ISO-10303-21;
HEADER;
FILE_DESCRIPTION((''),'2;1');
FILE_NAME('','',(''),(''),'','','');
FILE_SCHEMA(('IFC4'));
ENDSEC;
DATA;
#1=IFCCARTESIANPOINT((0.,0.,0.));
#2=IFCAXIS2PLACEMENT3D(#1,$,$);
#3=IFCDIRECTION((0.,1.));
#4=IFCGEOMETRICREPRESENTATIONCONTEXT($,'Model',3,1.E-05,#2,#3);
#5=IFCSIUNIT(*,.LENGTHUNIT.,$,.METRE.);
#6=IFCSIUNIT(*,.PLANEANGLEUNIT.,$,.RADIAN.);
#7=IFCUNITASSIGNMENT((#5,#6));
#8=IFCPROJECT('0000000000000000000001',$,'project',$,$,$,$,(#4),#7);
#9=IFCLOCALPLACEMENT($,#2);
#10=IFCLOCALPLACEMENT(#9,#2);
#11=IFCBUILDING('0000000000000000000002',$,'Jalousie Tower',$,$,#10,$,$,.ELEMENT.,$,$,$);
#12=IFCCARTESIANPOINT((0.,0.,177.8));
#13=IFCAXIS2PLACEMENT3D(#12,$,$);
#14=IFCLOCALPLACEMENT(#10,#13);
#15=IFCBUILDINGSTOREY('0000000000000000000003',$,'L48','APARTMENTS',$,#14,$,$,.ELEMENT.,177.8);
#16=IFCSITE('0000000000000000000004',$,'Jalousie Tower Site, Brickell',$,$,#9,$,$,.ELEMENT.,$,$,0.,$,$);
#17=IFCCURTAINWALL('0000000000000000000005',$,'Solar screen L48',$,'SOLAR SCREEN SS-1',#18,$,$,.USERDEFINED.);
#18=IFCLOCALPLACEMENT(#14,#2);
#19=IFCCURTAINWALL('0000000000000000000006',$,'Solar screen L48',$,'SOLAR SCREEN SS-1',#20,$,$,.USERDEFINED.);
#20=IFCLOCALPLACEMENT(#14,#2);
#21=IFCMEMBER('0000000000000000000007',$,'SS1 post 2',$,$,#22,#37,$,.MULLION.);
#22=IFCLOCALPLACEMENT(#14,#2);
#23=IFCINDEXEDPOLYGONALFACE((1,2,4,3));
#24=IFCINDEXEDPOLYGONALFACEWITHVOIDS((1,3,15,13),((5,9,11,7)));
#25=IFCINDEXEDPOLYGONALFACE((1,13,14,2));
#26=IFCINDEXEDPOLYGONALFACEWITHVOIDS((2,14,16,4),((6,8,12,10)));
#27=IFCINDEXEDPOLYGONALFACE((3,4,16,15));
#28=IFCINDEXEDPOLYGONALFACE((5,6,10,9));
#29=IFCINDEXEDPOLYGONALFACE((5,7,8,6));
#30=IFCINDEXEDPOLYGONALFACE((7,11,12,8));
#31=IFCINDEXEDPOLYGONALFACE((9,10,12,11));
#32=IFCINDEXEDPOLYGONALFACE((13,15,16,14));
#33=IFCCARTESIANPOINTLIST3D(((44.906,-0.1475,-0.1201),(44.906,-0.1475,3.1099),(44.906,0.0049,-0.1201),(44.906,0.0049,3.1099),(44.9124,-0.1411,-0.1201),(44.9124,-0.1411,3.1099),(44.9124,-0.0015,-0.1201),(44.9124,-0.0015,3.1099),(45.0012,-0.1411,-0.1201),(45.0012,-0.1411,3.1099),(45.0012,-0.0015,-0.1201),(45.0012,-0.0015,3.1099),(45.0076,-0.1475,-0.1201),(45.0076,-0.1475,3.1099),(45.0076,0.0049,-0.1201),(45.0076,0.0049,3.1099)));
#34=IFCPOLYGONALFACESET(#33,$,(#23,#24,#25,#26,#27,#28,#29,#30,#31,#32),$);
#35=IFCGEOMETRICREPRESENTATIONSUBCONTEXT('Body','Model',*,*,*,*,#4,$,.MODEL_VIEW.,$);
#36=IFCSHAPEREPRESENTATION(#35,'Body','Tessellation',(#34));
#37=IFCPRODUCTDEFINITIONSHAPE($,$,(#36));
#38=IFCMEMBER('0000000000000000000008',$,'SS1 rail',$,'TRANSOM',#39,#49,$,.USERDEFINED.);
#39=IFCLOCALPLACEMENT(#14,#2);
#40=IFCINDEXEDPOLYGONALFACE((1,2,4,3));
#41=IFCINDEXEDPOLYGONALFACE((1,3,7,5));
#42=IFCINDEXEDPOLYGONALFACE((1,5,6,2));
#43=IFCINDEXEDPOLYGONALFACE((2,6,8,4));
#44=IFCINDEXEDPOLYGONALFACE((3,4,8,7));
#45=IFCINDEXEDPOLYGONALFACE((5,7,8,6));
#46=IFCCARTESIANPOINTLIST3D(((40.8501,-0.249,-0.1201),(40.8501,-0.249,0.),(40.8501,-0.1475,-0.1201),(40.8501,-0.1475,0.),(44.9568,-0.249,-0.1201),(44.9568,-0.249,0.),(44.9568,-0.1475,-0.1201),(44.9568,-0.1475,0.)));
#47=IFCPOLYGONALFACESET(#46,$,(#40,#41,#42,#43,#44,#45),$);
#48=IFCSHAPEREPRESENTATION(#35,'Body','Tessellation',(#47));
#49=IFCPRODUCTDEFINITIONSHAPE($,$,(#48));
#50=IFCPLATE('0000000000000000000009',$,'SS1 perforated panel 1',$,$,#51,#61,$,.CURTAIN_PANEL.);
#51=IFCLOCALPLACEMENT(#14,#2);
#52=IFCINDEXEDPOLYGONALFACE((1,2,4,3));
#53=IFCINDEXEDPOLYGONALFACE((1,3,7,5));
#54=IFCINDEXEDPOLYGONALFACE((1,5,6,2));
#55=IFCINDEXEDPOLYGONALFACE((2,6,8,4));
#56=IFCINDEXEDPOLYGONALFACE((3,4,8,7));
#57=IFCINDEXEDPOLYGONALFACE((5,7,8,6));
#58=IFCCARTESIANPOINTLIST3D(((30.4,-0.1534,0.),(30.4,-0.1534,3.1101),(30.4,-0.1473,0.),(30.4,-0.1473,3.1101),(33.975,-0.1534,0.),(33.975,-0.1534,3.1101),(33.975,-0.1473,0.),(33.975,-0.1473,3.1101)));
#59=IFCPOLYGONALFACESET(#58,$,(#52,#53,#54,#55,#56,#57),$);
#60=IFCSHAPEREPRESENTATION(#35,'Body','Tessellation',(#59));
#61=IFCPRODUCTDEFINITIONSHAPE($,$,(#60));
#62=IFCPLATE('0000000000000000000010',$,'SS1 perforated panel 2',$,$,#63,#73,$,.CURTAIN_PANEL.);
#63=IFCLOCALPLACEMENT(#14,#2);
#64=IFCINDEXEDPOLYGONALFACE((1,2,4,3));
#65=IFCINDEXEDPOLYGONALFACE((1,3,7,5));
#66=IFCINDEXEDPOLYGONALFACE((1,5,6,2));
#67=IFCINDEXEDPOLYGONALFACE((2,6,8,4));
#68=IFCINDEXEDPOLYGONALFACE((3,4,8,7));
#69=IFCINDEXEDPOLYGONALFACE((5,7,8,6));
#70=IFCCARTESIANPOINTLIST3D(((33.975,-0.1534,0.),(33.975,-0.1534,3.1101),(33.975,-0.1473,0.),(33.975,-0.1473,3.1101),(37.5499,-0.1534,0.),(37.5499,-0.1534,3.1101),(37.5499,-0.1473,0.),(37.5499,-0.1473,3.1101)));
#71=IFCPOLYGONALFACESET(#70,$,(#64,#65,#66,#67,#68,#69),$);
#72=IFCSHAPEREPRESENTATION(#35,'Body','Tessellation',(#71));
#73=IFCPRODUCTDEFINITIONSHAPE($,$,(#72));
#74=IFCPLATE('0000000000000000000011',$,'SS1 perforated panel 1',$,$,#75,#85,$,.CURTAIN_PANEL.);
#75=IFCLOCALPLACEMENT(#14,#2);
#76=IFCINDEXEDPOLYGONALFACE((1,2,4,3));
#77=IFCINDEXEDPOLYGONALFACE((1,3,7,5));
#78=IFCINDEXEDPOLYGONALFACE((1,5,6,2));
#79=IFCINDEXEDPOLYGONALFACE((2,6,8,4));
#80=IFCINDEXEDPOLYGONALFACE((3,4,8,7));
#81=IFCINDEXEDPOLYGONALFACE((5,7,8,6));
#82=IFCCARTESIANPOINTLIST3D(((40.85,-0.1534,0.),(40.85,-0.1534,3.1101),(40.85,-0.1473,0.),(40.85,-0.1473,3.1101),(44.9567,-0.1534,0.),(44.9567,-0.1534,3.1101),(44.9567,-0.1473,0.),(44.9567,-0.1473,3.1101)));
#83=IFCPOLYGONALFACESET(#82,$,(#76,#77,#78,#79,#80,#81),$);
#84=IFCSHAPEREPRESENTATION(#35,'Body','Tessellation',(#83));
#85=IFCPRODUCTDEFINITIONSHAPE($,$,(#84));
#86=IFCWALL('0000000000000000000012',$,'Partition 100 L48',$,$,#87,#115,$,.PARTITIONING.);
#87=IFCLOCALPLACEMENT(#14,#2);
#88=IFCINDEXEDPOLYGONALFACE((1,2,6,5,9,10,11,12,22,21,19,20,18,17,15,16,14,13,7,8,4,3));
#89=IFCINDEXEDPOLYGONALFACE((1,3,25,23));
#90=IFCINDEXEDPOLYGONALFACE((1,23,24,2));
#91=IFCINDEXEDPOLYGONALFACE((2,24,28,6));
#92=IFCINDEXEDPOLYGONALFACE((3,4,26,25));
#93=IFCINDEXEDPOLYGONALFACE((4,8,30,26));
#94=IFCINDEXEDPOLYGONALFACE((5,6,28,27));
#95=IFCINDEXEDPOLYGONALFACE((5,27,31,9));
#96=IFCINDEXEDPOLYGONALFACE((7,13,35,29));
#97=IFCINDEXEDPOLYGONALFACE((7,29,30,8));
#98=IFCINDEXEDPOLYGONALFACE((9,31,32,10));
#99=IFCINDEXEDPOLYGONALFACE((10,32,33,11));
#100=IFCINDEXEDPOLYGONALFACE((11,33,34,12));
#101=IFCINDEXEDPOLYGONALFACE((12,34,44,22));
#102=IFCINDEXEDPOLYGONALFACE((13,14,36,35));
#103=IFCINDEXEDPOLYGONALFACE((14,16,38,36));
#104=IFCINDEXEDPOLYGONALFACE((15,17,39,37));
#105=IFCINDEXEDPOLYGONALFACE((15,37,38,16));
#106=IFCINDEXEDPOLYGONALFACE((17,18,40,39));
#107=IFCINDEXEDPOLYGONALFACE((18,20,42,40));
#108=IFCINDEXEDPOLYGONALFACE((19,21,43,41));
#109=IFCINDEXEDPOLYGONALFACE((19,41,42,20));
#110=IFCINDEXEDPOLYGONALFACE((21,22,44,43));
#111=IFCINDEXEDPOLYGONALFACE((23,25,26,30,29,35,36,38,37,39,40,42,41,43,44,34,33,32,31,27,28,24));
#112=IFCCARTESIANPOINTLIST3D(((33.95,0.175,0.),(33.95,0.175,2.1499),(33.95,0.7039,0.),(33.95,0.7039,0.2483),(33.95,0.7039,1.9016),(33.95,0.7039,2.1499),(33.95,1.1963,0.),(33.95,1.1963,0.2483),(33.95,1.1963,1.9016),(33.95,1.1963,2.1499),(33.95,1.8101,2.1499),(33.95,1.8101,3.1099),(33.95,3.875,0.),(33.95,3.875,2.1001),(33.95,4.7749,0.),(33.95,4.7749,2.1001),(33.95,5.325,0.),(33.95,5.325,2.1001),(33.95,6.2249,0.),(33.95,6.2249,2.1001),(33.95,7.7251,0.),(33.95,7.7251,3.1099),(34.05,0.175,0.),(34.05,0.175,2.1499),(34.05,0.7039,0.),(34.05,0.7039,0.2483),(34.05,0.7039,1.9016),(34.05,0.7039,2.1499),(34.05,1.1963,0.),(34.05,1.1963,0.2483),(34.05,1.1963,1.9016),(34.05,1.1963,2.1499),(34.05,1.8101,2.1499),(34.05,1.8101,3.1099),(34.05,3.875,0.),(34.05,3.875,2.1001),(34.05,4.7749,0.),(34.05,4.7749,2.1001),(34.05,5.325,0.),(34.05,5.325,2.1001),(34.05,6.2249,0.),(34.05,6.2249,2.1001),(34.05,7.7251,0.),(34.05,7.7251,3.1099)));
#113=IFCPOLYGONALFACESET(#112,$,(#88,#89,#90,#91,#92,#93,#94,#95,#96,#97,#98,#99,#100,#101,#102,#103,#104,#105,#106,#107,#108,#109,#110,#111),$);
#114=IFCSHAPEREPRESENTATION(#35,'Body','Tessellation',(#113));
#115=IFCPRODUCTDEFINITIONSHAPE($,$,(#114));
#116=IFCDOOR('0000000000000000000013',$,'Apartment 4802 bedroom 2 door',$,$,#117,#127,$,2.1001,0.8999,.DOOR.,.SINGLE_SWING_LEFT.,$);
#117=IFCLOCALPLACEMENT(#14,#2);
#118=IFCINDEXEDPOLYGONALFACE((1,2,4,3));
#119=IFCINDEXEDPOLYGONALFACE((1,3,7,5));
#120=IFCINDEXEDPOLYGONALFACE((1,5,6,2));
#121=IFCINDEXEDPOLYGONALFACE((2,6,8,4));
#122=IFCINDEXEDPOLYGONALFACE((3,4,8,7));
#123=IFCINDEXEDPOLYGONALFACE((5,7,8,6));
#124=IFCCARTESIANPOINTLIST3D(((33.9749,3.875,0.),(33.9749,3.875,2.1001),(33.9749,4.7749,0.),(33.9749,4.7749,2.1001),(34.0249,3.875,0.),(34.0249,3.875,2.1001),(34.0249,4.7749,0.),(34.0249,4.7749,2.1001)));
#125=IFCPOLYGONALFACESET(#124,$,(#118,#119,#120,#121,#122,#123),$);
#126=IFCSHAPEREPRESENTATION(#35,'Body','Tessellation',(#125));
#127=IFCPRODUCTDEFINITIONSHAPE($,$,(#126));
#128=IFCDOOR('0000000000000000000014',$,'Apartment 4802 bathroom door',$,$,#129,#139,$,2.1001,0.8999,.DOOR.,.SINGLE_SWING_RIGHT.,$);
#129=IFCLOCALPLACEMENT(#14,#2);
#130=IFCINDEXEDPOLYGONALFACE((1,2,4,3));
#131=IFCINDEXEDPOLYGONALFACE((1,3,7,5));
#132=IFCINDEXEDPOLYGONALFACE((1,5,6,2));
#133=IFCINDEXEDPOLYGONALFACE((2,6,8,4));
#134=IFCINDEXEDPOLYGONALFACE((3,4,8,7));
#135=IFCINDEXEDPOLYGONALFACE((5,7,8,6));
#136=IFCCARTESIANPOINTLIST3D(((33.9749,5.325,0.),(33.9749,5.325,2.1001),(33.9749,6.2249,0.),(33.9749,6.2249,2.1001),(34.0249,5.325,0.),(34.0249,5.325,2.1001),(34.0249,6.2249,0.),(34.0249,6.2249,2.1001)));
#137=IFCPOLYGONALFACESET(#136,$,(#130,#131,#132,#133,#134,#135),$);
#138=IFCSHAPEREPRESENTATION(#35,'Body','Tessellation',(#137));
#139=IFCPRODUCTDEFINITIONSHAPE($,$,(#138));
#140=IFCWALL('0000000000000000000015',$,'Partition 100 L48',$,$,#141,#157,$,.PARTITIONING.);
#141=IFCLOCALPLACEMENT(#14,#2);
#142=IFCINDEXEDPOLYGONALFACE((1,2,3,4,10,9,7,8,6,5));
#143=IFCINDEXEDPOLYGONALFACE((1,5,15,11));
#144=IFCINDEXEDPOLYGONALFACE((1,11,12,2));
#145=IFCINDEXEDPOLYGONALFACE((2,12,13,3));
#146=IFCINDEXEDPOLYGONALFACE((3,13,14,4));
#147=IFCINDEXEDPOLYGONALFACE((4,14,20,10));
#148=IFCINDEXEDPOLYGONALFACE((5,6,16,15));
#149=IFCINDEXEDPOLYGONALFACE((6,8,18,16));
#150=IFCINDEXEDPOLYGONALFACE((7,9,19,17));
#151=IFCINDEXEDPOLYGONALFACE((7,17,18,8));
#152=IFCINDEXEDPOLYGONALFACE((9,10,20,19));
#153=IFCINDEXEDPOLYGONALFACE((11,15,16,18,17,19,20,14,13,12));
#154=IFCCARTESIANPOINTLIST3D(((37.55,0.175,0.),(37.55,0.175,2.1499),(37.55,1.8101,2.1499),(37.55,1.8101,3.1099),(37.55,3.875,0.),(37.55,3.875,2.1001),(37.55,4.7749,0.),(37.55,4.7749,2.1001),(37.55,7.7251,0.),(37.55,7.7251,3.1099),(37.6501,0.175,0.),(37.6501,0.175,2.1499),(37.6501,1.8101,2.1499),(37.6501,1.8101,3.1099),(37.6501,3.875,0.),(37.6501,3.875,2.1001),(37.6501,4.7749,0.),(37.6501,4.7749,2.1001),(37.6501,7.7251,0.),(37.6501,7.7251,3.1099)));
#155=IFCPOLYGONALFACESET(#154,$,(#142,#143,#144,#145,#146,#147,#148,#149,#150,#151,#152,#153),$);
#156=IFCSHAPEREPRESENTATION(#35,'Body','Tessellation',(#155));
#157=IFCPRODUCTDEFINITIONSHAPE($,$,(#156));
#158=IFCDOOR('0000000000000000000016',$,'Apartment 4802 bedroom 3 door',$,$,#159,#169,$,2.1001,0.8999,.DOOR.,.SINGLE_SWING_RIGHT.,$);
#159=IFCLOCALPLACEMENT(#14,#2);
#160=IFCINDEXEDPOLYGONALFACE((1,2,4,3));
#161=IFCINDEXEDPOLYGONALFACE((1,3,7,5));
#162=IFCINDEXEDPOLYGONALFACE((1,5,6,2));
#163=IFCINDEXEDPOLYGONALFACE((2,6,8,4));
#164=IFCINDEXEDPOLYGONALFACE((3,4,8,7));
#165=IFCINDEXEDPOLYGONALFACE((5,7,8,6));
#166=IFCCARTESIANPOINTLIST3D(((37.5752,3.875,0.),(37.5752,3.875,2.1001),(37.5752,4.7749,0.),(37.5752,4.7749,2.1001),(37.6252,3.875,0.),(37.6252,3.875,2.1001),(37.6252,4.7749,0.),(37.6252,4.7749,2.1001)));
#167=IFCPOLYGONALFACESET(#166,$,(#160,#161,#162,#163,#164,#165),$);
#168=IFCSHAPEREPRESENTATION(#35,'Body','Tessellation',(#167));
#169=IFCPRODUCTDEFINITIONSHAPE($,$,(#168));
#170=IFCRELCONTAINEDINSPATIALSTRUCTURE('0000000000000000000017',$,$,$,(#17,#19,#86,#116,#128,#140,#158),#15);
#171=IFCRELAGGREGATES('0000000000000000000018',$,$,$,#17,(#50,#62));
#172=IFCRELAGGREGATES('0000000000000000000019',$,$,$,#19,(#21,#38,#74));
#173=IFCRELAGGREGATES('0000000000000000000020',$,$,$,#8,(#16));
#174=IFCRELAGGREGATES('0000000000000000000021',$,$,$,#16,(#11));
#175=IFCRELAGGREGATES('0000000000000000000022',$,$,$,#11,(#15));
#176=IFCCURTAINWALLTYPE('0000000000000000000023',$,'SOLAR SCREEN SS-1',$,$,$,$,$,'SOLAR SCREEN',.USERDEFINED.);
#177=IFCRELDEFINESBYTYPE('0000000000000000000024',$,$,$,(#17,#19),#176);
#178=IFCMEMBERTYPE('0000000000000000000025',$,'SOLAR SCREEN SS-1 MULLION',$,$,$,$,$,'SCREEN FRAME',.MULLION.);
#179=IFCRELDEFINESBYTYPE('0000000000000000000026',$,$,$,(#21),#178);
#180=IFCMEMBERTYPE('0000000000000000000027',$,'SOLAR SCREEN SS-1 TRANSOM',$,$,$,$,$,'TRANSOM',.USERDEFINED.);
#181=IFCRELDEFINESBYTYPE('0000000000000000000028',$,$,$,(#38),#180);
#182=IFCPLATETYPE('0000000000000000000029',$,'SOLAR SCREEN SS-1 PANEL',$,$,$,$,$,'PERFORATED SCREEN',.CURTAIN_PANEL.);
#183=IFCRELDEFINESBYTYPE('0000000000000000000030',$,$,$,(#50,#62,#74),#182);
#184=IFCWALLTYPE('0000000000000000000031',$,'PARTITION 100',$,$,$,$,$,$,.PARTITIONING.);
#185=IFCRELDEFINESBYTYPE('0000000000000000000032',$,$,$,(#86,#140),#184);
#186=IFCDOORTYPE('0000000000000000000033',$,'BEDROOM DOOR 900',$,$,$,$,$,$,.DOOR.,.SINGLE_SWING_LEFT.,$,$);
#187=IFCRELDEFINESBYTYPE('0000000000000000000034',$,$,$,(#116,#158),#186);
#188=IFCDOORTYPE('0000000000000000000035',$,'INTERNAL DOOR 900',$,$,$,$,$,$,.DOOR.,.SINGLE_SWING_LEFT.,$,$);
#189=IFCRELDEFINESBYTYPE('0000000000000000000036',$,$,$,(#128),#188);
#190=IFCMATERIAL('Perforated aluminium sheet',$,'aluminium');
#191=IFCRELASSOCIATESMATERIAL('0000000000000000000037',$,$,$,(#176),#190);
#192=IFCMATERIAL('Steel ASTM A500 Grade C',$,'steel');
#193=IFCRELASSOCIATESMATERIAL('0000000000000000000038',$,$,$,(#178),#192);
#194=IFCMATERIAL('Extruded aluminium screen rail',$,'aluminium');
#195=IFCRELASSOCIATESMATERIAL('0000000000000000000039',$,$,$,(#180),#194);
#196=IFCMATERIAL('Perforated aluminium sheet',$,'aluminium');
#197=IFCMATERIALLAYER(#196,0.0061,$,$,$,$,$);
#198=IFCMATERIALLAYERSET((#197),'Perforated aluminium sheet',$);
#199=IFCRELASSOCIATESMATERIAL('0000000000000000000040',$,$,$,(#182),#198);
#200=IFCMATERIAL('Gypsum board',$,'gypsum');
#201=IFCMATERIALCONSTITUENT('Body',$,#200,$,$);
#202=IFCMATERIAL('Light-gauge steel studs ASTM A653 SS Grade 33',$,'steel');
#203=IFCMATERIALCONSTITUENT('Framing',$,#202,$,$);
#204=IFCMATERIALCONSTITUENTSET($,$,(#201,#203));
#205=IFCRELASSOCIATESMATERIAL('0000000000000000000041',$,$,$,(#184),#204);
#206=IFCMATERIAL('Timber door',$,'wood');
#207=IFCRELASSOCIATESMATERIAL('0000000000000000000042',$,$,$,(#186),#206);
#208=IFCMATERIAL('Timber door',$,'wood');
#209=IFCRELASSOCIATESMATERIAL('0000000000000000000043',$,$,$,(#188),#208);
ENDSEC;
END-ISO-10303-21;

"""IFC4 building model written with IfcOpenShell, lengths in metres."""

from ifc_helpers import new_model, si_unit, direction, frame, frame_2d, origin, origin_2d, place, context, subcontext, project, spatial, polyline, rectangle, hollow_rectangle, outline, extrude, material, layer, layer_set, constituent, constituent_set, material_profile, profile_set, type_object, element, fill, aggregate, save


model = new_model("IFC4")

# Units and contexts
model_context = context("Model", 3, precision=1e-05, world=origin(), true_north=direction((0.0, 1.0)))
body_context = subcontext(model_context, "Body", "Model", "MODEL_VIEW")
ifc_project = project(units=[si_unit("LENGTHUNIT", "METRE"), si_unit("PLANEANGLEUNIT", "RADIAN")], contexts=[model_context])

# Site, building, storey
site_placement = place(None, origin())
site = spatial("IfcSite", under=ifc_project, at=site_placement, Name="Jalousie Tower Site, Brickell", CompositionType="ELEMENT", RefElevation=0.0)
building_placement = place(site_placement, origin())
building = spatial("IfcBuilding", under=site, at=building_placement, Name="Jalousie Tower", CompositionType="ELEMENT")
storey_placement = place(building_placement, frame((0.0, 0.0, 177.8)))
storey = spatial("IfcBuildingStorey", under=building, at=storey_placement, Name="L48", Description="APARTMENTS", CompositionType="ELEMENT", Elevation=177.8)

# Curtain walls, members
ifc_material_1 = material(Name="Perforated aluminium sheet", Category="aluminium")
curtain_wall_type = type_object("IfcCurtainWallType", Name="SOLAR SCREEN SS-1", ElementType="SOLAR SCREEN", PredefinedType="USERDEFINED", material=ifc_material_1)
curtain_wall_1_placement = place(storey_placement, origin())
curtain_wall_1 = element("IfcCurtainWall", 1, at=curtain_wall_1_placement, inside=storey, type_object=curtain_wall_type, Name="Solar screen L48", ObjectType="SOLAR SCREEN SS-1", PredefinedType="USERDEFINED")
ifc_material_2 = material(Name="Steel ASTM A500 Grade C", Category="steel")
ifc_material_profile_1 = material_profile(ifc_material_2, hollow_rectangle(XDim=0.1016, YDim=0.1523, WallThickness=0.0063, at=origin_2d()), Name="HSS6X4X1/4")
ifc_profile_set_1 = profile_set([ifc_material_profile_1], Name="Steel ASTM A500 Grade C")
member_type_1 = type_object("IfcMemberType", Name="SOLAR SCREEN SS-1 MULLION", ElementType="SCREEN FRAME", PredefinedType="MULLION", material=ifc_profile_set_1)
curtain_wall_2_placement = place(storey_placement, origin())
curtain_wall_2 = element("IfcCurtainWall", 2, at=curtain_wall_2_placement, inside=storey, type_object=curtain_wall_type, Name="Solar screen L48", ObjectType="SOLAR SCREEN SS-1", PredefinedType="USERDEFINED")
member_1_placement = place(storey_placement, frame((44.9568, -0.0713, -0.1201), z_axis=(0.0, 0.0, 1.0), x_axis=(1.0, 0.0, 0.0)))
member_1 = element("IfcMember", 3, at=member_1_placement, type_object=member_type_1, Name="SS1 post 2", PredefinedType="MULLION", context=body_context, shape_type="SweptSolid", body=[
    extrude(hollow_rectangle(XDim=0.1016, YDim=0.1523, WallThickness=0.0063, at=origin_2d()), origin(), (0.0, 0.0, 1.0), 3.23),
])
ifc_material_3 = material(Name="Extruded aluminium screen rail", Category="aluminium")
ifc_material_profile_2 = material_profile(ifc_material_3, rectangle(XDim=0.1016, YDim=0.1201, at=origin_2d()), Name="RAIL 102x120")
ifc_profile_set_2 = profile_set([ifc_material_profile_2], Name="Extruded aluminium screen rail")
member_type_2 = type_object("IfcMemberType", Name="SOLAR SCREEN SS-1 TRANSOM", ElementType="TRANSOM", PredefinedType="USERDEFINED", material=ifc_profile_set_2)
member_2_placement = place(storey_placement, frame((40.8501, -0.1982, -0.0601), z_axis=(1.0, 0.0, 0.0), x_axis=(0.0, 1.0, 0.0)))
member_2 = element("IfcMember", 4, at=member_2_placement, type_object=member_type_2, Name="SS1 rail", ObjectType="TRANSOM", PredefinedType="USERDEFINED", context=body_context, shape_type="SweptSolid", body=[
    extrude(rectangle(XDim=0.1016, YDim=0.1201, at=origin_2d()), origin(), (0.0, 0.0, 1.0), 4.1067),
])

# Plates
ifc_material_4 = material(Name="Perforated aluminium sheet", Category="aluminium")
ifc_layer_1 = layer(ifc_material_4, 0.0061)
ifc_layer_set_1 = layer_set([ifc_layer_1], Name="Perforated aluminium sheet")
plate_type = type_object("IfcPlateType", Name="SOLAR SCREEN SS-1 PANEL", ElementType="PERFORATED SCREEN", PredefinedType="CURTAIN_PANEL", material=ifc_layer_set_1)
plate_1_placement = place(storey_placement, frame((32.1875, -0.1504, 0.0), z_axis=(0.0, 0.0, 1.0), x_axis=(1.0, 0.0, 0.0)))
plate_1 = element("IfcPlate", 5, at=plate_1_placement, type_object=plate_type, Name="SS1 perforated panel 1", PredefinedType="CURTAIN_PANEL", context=body_context, shape_type="SweptSolid", body=[
    extrude(rectangle(XDim=3.575, YDim=0.0061, at=origin_2d()), origin(), (0.0, 0.0, 1.0), 3.1101),
])
plate_2_placement = place(storey_placement, frame((35.7625, -0.1504, 0.0), z_axis=(0.0, 0.0, 1.0), x_axis=(1.0, 0.0, 0.0)))
plate_2 = element("IfcPlate", 6, at=plate_2_placement, type_object=plate_type, Name="SS1 perforated panel 2", PredefinedType="CURTAIN_PANEL", context=body_context, shape_type="SweptSolid", body=[
    extrude(rectangle(XDim=3.575, YDim=0.0061, at=origin_2d()), origin(), (0.0, 0.0, 1.0), 3.1101),
])
aggregate(curtain_wall_1, [plate_1, plate_2])
plate_3_placement = place(storey_placement, frame((42.9033, -0.1504, 0.0), z_axis=(0.0, 0.0, 1.0), x_axis=(1.0, 0.0, 0.0)))
plate_3 = element("IfcPlate", 7, at=plate_3_placement, type_object=plate_type, Name="SS1 perforated panel 1", PredefinedType="CURTAIN_PANEL", context=body_context, shape_type="SweptSolid", body=[
    extrude(rectangle(XDim=4.1067, YDim=0.0061, at=origin_2d()), origin(), (0.0, 0.0, 1.0), 3.1101),
])
aggregate(curtain_wall_2, [member_1, member_2, plate_3])

# Wall, openings, doors
ifc_material_5 = material(Name="Gypsum board", Category="gypsum")
ifc_constituent_1 = constituent(ifc_material_5, Name="Body")
ifc_material_6 = material(Name="Light-gauge steel studs ASTM A653 SS Grade 33", Category="steel")
ifc_constituent_2 = constituent(ifc_material_6, Name="Framing")
ifc_constituent_set_1 = constituent_set(constituents=[ifc_constituent_1, ifc_constituent_2])
wall_type_1 = type_object("IfcWallType", Name="PARTITION 100", PredefinedType="PARTITIONING", material=ifc_constituent_set_1)
wall_1_placement = place(storey_placement, frame((34.0, 0.175, 0.0), z_axis=(0.0, 0.0, 1.0), x_axis=(0.0, 1.0, 0.0)))
wall_1 = element("IfcWall", 8, at=wall_1_placement, inside=storey, type_object=wall_type_1, Name="Partition 100 L48", PredefinedType="PARTITIONING", context=body_context, shape_type="SweptSolid", body=[
    extrude(outline(polyline([(0.5288, 2.1499), (0.0, 2.1499), (0.0, 0.0), (0.5288, 0.0), (0.5288, 0.2483), (1.0212, 0.2483), (1.0212, 0.0), (7.55, 0.0), (7.55, 3.1099), (1.635, 3.1099), (1.635, 2.1499), (1.0212, 2.1499), (1.0212, 1.9016), (0.5288, 1.9016), (0.5288, 2.1499)])), frame((0.0, 0.05, 0.0), z_axis=(0.0, -1.0, 0.0), x_axis=(1.0, 0.0, 0.0)), (0.0, 0.0, 1.0), 0.1001),
])
opening_1_placement = place(wall_1_placement, frame((3.7, 0.0, 0.0)))
opening_1 = element("IfcOpeningElement", 9, at=opening_1_placement, cuts=wall_1, PredefinedType="OPENING", context=body_context, shape_type="SweptSolid", body=[
    extrude(rectangle(XDim=0.8999, YDim=2.1001, at=frame_2d((0.45, 1.05))), frame((0.0, 0.0601, 0.0), z_axis=(0.0, -1.0, 0.0), x_axis=(1.0, 0.0, 0.0)), (0.0, 0.0, 1.0), 0.1201),
])
opening_2_placement = place(wall_1_placement, frame((5.1499, 0.0, 0.0)))
opening_2 = element("IfcOpeningElement", 10, at=opening_2_placement, cuts=wall_1, PredefinedType="OPENING", context=body_context, shape_type="SweptSolid", body=[
    extrude(rectangle(XDim=0.8999, YDim=2.1001, at=frame_2d((0.45, 1.05))), frame((0.0, 0.0601, 0.0), z_axis=(0.0, -1.0, 0.0), x_axis=(1.0, 0.0, 0.0)), (0.0, 0.0, 1.0), 0.1201),
])
ifc_material_7 = material(Name="Timber door", Category="wood")
door_type_1 = type_object("IfcDoorType", Name="BEDROOM DOOR 900", OperationType="SINGLE_SWING_LEFT", PredefinedType="DOOR", material=ifc_material_7)
door_1_placement = place(opening_1_placement, frame((0.8999, 0.0, 0.0), z_axis=(0.0, 0.0, 1.0), x_axis=(-1.0, 0.0, 0.0)))
door_1 = element("IfcDoor", 11, at=door_1_placement, inside=storey, type_object=door_type_1, Name="Apartment 4802 bedroom 2 door", OperationType="SINGLE_SWING_LEFT", OverallHeight=2.1001, OverallWidth=0.8999, PredefinedType="DOOR", context=body_context, shape_type="SweptSolid", body=[
    extrude(rectangle(XDim=0.8999, YDim=2.1001, at=frame_2d((0.45, 1.05))), frame((0.0, 0.0249, 0.0), z_axis=(0.0, -1.0, 0.0), x_axis=(1.0, 0.0, 0.0)), (0.0, 0.0, 1.0), 0.05),
])
fill(opening_1, door_1)
ifc_material_8 = material(Name="Timber door", Category="wood")
door_type_2 = type_object("IfcDoorType", Name="INTERNAL DOOR 900", OperationType="SINGLE_SWING_LEFT", PredefinedType="DOOR", material=ifc_material_8)
door_2_placement = place(opening_2_placement, frame((0.8999, 0.0, 0.0), z_axis=(0.0, 0.0, 1.0), x_axis=(-1.0, 0.0, 0.0)))
door_2 = element("IfcDoor", 12, at=door_2_placement, inside=storey, type_object=door_type_2, Name="Apartment 4802 bathroom door", OperationType="SINGLE_SWING_RIGHT", OverallHeight=2.1001, OverallWidth=0.8999, PredefinedType="DOOR", context=body_context, shape_type="SweptSolid", body=[
    extrude(rectangle(XDim=0.8999, YDim=2.1001, at=frame_2d((0.45, 1.05))), frame((0.0, 0.0249, 0.0), z_axis=(0.0, -1.0, 0.0), x_axis=(1.0, 0.0, 0.0)), (0.0, 0.0, 1.0), 0.05),
])
fill(opening_2, door_2)

# Wall, opening, door
wall_2_placement = place(storey_placement, frame((37.6001, 0.175, 0.0), z_axis=(0.0, 0.0, 1.0), x_axis=(0.0, 1.0, 0.0)))
wall_2 = element("IfcWall", 13, at=wall_2_placement, inside=storey, type_object=wall_type_1, Name="Partition 100 L48", PredefinedType="PARTITIONING", context=body_context, shape_type="SweptSolid", body=[
    extrude(outline(polyline([(0.0, 0.0), (7.55, 0.0), (7.55, 3.1099), (1.635, 3.1099), (1.635, 2.1499), (0.0, 2.1499), (0.0, 3.1099), (0.0, 0.0)])), frame((0.0, 0.05, 0.0), z_axis=(0.0, -1.0, 0.0), x_axis=(1.0, 0.0, 0.0)), (0.0, 0.0, 1.0), 0.1001),
])
opening_3_placement = place(wall_2_placement, frame((3.7, 0.0, 0.0)))
opening_3 = element("IfcOpeningElement", 14, at=opening_3_placement, cuts=wall_2, PredefinedType="OPENING", context=body_context, shape_type="SweptSolid", body=[
    extrude(rectangle(XDim=0.8999, YDim=2.1001, at=frame_2d((0.45, 1.05))), frame((0.0, 0.0601, 0.0), z_axis=(0.0, -1.0, 0.0), x_axis=(1.0, 0.0, 0.0)), (0.0, 0.0, 1.0), 0.1201),
])
door_3_placement = place(opening_3_placement, origin())
door_3 = element("IfcDoor", 15, at=door_3_placement, inside=storey, type_object=door_type_1, Name="Apartment 4802 bedroom 3 door", OperationType="SINGLE_SWING_RIGHT", OverallHeight=2.1001, OverallWidth=0.8999, PredefinedType="DOOR", context=body_context, shape_type="SweptSolid", body=[
    extrude(rectangle(XDim=0.8999, YDim=2.1001, at=frame_2d((0.45, 1.05))), frame((0.0, 0.0249, 0.0), z_axis=(0.0, -1.0, 0.0), x_axis=(1.0, 0.0, 0.0)), (0.0, 0.0, 1.0), 0.05),
])
fill(opening_3, door_3)

save(model, "model.ifc")
